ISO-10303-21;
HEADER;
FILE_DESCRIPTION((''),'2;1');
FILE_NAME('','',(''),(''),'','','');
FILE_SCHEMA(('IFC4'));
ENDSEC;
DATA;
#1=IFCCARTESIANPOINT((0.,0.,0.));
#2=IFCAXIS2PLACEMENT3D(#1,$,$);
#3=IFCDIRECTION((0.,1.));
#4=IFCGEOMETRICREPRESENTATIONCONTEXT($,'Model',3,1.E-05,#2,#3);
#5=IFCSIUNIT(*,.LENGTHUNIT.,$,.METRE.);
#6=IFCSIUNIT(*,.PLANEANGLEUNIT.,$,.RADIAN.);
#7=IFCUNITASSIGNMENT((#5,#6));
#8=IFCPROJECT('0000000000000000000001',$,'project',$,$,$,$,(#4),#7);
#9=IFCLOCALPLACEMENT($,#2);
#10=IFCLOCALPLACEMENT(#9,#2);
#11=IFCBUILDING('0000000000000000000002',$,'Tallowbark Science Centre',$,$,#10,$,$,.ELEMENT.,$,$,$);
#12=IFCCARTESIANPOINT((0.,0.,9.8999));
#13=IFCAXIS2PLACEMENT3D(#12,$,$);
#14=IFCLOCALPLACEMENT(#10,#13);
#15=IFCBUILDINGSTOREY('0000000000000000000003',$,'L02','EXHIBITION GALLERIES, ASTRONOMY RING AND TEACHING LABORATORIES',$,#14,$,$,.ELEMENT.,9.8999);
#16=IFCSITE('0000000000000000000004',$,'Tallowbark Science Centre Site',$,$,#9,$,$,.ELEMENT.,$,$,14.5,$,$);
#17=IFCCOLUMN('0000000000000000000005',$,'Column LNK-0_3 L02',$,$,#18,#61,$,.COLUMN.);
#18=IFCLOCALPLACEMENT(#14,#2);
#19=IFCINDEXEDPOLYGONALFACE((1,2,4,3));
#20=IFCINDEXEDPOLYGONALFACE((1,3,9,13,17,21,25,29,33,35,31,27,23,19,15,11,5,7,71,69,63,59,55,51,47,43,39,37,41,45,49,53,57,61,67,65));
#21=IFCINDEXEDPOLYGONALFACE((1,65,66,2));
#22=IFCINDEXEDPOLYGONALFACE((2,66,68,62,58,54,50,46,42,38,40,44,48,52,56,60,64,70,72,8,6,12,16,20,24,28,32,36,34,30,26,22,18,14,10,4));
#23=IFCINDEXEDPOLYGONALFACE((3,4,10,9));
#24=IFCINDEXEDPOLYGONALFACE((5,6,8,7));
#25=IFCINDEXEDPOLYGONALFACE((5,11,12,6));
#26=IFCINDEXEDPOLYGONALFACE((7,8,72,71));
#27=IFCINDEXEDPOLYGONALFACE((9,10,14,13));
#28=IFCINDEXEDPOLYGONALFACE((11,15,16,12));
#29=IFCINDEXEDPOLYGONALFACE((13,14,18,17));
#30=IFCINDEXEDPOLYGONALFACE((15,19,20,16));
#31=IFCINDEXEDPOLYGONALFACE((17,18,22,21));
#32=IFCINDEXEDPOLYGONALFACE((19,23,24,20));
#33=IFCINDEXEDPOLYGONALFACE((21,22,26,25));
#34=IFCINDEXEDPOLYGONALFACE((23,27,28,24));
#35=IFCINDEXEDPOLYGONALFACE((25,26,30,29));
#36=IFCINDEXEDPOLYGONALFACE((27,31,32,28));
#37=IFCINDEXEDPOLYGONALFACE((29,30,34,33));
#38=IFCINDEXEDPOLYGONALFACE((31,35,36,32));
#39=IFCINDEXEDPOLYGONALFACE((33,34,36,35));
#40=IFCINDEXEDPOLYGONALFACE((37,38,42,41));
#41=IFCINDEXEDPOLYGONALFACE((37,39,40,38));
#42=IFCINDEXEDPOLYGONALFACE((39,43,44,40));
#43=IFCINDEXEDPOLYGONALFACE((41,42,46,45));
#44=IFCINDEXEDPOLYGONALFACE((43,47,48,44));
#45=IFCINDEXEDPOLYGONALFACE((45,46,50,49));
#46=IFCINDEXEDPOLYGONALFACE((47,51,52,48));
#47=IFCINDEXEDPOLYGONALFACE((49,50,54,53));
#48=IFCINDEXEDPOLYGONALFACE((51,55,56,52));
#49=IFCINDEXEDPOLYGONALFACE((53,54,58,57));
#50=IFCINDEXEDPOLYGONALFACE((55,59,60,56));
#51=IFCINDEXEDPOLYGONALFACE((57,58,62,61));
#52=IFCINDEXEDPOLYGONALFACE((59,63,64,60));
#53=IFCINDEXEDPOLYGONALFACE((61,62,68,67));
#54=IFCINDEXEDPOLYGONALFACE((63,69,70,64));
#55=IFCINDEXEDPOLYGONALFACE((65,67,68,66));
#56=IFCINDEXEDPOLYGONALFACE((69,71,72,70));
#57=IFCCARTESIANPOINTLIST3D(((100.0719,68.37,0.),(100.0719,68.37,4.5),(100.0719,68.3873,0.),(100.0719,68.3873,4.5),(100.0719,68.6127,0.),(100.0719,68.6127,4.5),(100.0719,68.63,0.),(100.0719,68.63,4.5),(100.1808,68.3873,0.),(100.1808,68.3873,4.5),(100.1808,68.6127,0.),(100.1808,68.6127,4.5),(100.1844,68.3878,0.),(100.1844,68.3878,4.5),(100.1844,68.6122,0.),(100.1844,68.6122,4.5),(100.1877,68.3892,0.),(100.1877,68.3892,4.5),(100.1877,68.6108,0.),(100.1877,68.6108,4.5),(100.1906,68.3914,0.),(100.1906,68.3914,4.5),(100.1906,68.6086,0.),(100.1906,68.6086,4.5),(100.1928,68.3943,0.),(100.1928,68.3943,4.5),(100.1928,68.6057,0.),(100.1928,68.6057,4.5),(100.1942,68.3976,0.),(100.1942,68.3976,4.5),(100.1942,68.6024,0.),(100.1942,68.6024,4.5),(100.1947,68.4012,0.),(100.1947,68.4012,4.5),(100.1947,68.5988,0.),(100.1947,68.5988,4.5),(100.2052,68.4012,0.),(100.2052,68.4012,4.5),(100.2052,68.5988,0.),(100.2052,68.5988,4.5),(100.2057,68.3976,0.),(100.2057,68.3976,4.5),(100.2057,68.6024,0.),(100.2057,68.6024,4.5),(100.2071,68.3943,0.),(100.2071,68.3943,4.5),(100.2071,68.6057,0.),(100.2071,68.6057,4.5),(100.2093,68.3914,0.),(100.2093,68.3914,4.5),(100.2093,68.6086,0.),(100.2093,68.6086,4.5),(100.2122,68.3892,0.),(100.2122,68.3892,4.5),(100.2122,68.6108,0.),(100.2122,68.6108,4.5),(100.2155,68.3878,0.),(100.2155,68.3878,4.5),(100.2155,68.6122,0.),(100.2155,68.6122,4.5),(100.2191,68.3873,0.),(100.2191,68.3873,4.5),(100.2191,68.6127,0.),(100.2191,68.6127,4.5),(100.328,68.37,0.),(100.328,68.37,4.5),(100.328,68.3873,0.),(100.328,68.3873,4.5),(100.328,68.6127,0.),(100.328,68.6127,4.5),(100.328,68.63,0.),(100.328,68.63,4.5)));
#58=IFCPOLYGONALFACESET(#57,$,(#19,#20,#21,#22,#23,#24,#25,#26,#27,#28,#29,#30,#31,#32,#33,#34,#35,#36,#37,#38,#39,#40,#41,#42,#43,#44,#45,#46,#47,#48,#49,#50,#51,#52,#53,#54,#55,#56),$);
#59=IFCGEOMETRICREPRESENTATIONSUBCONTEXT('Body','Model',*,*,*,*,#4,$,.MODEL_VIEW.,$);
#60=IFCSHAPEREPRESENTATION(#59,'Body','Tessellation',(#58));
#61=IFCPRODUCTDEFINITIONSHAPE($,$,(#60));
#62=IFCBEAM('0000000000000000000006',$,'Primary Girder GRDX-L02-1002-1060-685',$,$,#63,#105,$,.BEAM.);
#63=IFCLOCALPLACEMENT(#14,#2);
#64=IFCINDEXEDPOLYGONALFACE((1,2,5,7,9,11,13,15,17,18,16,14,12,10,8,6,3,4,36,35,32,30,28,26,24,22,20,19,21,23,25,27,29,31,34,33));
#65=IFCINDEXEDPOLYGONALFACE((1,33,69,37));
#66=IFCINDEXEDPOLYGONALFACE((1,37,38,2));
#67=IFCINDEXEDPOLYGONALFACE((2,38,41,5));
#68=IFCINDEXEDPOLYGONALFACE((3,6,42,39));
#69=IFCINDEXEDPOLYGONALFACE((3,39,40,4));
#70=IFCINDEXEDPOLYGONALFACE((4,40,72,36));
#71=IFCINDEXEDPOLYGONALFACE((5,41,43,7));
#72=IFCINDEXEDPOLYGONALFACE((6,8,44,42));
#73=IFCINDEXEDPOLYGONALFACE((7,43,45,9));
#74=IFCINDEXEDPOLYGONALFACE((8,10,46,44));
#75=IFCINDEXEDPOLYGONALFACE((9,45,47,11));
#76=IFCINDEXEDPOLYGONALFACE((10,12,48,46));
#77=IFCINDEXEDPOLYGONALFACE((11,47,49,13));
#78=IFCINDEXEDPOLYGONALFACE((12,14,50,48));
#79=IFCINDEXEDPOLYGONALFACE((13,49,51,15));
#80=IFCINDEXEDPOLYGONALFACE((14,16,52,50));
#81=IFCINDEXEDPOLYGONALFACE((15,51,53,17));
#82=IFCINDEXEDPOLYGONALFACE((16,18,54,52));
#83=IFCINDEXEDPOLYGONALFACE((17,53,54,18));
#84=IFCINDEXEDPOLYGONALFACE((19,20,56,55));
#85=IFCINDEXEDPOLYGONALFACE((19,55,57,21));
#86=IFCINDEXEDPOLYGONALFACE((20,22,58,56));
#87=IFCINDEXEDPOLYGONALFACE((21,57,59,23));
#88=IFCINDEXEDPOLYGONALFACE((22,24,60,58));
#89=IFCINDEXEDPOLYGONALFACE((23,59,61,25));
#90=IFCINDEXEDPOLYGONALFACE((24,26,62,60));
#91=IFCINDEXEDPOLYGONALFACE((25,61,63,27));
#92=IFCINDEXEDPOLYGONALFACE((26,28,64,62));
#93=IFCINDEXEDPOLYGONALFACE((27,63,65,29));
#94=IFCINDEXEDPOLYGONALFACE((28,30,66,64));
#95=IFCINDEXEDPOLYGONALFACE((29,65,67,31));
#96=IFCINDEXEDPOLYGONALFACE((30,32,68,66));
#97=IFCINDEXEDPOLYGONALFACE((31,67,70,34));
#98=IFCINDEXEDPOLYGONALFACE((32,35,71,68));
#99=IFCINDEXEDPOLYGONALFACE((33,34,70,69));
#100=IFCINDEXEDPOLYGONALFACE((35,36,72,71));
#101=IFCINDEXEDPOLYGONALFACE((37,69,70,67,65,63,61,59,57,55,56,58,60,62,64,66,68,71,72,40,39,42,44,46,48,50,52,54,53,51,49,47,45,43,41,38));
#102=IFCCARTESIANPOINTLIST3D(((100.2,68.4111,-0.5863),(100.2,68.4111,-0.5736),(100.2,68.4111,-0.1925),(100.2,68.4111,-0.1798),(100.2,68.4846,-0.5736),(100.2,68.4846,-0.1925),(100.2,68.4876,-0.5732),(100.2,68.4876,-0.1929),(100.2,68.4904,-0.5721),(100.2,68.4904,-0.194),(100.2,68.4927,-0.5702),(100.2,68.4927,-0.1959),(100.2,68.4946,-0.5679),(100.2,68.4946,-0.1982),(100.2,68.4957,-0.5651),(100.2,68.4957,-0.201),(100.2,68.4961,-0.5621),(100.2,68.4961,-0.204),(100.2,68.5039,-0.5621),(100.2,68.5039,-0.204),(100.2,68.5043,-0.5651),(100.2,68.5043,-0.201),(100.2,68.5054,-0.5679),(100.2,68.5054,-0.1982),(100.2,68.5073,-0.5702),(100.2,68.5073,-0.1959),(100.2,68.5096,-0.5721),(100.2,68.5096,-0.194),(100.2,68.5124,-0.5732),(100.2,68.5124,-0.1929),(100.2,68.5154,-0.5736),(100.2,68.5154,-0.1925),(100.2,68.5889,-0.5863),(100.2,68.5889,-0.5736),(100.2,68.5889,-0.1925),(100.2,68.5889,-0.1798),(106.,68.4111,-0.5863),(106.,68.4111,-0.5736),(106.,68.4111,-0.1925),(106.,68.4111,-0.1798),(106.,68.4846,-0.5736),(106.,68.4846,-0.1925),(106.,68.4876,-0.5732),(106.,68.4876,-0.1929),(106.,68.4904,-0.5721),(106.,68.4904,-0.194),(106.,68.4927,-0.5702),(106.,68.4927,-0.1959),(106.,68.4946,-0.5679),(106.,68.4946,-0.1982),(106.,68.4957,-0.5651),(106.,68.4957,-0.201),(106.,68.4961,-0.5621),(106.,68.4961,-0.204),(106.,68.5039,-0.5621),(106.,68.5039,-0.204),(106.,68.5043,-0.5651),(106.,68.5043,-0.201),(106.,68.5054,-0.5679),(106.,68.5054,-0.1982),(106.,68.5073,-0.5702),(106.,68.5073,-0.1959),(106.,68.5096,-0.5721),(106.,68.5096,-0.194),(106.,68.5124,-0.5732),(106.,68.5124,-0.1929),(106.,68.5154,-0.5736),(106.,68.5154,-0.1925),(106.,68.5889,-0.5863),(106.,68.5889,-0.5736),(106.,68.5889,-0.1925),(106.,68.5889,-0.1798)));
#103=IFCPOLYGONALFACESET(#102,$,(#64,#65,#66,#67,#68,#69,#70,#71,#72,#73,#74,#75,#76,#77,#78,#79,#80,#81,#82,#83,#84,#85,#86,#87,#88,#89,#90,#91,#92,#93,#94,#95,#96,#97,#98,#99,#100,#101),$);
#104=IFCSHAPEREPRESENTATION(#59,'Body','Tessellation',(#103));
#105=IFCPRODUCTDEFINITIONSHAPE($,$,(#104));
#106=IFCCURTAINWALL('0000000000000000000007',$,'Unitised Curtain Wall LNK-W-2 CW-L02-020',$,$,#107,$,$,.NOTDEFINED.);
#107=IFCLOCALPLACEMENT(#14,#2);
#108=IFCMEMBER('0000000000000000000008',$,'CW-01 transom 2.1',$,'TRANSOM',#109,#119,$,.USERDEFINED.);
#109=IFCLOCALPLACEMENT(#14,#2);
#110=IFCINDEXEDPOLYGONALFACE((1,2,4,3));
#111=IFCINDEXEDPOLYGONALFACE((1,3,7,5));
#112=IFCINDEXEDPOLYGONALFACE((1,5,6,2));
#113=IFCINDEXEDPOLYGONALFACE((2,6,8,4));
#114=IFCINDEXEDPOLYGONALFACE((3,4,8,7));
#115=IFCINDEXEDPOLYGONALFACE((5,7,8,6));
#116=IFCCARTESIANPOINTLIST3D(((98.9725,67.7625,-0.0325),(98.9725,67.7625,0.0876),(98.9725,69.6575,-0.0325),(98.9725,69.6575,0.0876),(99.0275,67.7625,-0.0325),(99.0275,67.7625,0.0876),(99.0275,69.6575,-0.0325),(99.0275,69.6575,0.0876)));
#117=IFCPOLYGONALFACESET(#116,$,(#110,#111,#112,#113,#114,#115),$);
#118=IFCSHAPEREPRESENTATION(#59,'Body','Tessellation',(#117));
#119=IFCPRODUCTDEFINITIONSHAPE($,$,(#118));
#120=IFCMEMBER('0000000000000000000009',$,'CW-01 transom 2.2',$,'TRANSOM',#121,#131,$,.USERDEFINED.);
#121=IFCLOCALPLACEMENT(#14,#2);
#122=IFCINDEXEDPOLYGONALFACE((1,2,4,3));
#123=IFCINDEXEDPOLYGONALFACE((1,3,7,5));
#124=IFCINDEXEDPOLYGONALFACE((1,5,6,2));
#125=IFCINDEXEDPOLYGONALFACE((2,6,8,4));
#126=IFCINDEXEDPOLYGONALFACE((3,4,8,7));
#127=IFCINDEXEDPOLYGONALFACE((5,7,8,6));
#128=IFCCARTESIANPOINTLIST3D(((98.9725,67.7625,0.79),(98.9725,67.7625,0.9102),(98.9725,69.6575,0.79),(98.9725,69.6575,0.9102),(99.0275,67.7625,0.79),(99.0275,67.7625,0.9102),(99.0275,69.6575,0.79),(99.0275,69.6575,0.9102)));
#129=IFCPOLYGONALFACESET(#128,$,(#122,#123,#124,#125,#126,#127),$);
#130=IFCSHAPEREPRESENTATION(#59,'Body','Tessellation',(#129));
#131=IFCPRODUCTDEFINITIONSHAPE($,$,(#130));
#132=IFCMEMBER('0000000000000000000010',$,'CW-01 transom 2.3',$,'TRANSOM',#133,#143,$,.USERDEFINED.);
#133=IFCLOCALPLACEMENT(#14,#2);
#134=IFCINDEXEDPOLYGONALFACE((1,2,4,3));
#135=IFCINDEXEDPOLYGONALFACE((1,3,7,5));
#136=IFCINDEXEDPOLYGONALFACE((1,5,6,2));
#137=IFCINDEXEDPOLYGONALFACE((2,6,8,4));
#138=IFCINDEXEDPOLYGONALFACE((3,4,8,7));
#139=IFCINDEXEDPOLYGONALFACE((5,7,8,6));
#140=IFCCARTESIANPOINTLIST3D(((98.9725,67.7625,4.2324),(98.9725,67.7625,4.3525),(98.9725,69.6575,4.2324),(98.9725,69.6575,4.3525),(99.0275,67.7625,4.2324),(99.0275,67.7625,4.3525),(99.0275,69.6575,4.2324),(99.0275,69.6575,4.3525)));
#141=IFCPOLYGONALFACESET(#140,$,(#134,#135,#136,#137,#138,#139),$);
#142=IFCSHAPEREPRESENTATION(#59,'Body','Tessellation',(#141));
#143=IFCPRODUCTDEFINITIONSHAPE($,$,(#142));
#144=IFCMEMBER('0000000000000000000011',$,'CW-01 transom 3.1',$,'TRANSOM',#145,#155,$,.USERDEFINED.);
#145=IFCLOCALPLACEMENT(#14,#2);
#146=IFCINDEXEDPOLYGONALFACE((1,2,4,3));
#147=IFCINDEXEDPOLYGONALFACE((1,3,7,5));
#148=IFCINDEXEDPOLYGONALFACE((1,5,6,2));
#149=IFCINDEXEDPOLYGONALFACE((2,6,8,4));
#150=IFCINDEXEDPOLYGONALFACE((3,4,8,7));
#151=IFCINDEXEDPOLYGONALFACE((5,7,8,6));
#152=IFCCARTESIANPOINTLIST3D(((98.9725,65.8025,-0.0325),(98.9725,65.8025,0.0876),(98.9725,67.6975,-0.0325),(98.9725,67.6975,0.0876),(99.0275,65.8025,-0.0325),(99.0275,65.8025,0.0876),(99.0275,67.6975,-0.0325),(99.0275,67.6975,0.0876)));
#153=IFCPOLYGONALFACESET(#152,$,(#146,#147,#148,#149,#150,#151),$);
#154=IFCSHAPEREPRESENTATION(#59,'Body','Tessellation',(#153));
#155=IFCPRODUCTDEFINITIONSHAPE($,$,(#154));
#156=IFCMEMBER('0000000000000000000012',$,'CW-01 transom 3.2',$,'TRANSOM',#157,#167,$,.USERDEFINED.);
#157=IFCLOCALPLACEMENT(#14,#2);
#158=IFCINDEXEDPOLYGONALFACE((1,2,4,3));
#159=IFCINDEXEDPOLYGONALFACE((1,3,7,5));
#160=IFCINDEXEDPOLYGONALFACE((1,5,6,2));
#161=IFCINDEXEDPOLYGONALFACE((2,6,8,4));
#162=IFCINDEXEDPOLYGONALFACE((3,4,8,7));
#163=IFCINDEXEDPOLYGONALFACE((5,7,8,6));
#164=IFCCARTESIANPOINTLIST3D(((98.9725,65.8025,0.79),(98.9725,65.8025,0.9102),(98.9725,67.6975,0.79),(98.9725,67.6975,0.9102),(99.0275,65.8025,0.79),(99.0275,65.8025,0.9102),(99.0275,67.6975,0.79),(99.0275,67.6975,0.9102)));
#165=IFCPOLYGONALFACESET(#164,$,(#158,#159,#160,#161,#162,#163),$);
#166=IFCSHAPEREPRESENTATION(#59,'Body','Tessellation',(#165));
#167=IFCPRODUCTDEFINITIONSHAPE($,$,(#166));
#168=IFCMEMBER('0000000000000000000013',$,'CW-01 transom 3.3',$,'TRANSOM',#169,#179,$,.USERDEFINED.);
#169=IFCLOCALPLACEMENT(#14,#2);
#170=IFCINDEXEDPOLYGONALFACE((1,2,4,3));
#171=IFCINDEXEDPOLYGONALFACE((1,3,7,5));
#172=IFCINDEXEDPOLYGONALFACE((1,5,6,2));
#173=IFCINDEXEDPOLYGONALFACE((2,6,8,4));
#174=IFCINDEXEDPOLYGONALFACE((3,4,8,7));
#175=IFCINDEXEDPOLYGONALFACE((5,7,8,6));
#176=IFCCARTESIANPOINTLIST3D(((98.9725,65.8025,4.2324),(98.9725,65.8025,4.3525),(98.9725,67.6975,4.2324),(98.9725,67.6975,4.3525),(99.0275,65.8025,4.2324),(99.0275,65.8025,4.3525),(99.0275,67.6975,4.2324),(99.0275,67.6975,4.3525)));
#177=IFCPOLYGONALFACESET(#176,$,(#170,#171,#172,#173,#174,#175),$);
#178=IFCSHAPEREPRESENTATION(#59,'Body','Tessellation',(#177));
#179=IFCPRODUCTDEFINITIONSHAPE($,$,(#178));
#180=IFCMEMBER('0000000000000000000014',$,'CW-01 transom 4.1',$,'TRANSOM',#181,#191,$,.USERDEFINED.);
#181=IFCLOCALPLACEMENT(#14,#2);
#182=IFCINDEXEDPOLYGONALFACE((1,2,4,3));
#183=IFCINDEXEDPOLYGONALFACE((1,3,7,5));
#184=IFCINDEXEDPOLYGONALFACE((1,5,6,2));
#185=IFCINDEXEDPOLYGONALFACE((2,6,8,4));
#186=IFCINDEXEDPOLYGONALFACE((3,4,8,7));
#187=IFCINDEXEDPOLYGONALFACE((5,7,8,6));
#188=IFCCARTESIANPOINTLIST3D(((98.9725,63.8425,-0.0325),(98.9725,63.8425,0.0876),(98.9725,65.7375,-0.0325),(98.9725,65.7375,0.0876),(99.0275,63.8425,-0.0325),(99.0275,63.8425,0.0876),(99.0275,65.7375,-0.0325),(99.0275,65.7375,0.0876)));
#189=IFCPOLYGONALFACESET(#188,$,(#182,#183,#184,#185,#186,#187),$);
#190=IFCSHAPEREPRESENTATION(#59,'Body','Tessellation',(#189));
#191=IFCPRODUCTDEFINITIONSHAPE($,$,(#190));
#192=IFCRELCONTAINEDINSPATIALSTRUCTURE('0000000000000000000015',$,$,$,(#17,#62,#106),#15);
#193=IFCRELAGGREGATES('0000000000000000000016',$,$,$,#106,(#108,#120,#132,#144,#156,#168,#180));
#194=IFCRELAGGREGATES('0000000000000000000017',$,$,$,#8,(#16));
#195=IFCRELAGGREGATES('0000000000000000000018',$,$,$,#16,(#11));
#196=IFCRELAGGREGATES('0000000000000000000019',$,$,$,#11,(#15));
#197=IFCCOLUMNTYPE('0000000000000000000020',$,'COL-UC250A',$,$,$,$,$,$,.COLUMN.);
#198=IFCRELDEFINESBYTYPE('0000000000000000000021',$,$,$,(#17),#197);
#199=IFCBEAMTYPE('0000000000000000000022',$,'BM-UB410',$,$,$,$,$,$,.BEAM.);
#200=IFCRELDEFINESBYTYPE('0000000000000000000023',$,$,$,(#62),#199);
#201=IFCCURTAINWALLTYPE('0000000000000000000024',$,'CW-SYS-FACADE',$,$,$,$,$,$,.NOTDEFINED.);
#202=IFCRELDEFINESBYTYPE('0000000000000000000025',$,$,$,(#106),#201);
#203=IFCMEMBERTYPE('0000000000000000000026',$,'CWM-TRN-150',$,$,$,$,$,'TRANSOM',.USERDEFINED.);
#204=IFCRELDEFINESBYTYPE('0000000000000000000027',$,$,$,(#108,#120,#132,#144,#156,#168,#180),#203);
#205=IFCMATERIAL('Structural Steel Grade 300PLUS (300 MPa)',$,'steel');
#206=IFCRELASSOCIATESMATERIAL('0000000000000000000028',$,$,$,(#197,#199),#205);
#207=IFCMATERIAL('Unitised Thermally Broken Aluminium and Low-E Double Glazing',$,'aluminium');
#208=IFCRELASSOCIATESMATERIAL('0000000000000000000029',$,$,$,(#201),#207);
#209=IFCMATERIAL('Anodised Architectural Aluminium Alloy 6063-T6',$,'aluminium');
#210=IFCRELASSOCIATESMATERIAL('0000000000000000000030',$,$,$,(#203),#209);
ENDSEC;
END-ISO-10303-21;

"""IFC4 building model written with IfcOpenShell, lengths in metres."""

from ifc_helpers import new_model, si_unit, direction, frame, origin, origin_2d, place, context, subcontext, project, spatial, rectangle, i_section, extrude, material, material_profile, profile_set, type_object, element, aggregate, save


model = new_model("IFC4")

# Units and contexts
model_context = context("Model", 3, precision=1e-05, world=origin(), true_north=direction((0.0, 1.0)))
body_context = subcontext(model_context, "Body", "Model", "MODEL_VIEW")
ifc_project = project(units=[si_unit("LENGTHUNIT", "METRE"), si_unit("PLANEANGLEUNIT", "RADIAN")], contexts=[model_context])

# Site, building, storey
site_placement = place(None, origin())
site = spatial("IfcSite", under=ifc_project, at=site_placement, Name="Tallowbark Science Centre Site", CompositionType="ELEMENT", RefElevation=14.5)
building_placement = place(site_placement, origin())
building = spatial("IfcBuilding", under=site, at=building_placement, Name="Tallowbark Science Centre", CompositionType="ELEMENT")
storey_placement = place(building_placement, frame((0.0, 0.0, 9.8999)))
storey = spatial("IfcBuildingStorey", under=building, at=storey_placement, Name="L02", Description="EXHIBITION GALLERIES, ASTRONOMY RING AND TEACHING LABORATORIES", CompositionType="ELEMENT", Elevation=9.8999)

# Column
ifc_material_1 = material(Name="Structural Steel Grade 300PLUS (300 MPa)", Category="steel")
ifc_material_profile_1 = material_profile(ifc_material_1, i_section(OverallWidth=0.2561, OverallDepth=0.26, WebThickness=0.0105, FlangeThickness=0.0173, FilletRadius=0.0139, at=origin_2d()), Name="250UC89.5")
ifc_profile_set_1 = profile_set([ifc_material_profile_1], Name="Structural Steel Grade 300PLUS (300 MPa)")
column_type = type_object("IfcColumnType", Name="COL-UC250A", PredefinedType="COLUMN", material=ifc_profile_set_1)
column_placement = place(storey_placement, frame((100.2, 68.5, 0.0), z_axis=(0.0, 0.0, 1.0), x_axis=(1.0, 0.0, 0.0)))
element("IfcColumn", 1, at=column_placement, inside=storey, type_object=column_type, Name="Column LNK-0_3 L02", PredefinedType="COLUMN", context=body_context, shape_type="SweptSolid", body=[
    extrude(i_section(OverallWidth=0.2561, OverallDepth=0.26, WebThickness=0.0105, FlangeThickness=0.0173, FilletRadius=0.0139, at=origin_2d()), origin(), (0.0, 0.0, 1.0), 4.5),
])

# Beam
ifc_material_profile_2 = material_profile(ifc_material_1, i_section(OverallWidth=0.1777, OverallDepth=0.4065, WebThickness=0.0078, FlangeThickness=0.0127, FilletRadius=0.0115, at=origin_2d()), Name="410UB59.7")
ifc_profile_set_2 = profile_set([ifc_material_profile_2], Name="Structural Steel Grade 300PLUS (300 MPa)")
beam_type = type_object("IfcBeamType", Name="BM-UB410", PredefinedType="BEAM", material=ifc_profile_set_2)
beam_placement = place(storey_placement, frame((100.2, 68.5, -0.3831), z_axis=(1.0, 0.0, 0.0), x_axis=(0.0, 1.0, 0.0)))
element("IfcBeam", 2, at=beam_placement, inside=storey, type_object=beam_type, Name="Primary Girder GRDX-L02-1002-1060-685", PredefinedType="BEAM", context=body_context, shape_type="SweptSolid", body=[
    extrude(i_section(OverallWidth=0.1777, OverallDepth=0.4065, WebThickness=0.0078, FlangeThickness=0.0127, FilletRadius=0.0115, at=origin_2d()), origin(), (0.0, 0.0, 1.0), 5.8),
])

# Curtain wall, members
ifc_material_2 = material(Name="Unitised Thermally Broken Aluminium and Low-E Double Glazing", Category="aluminium")
curtain_wall_type = type_object("IfcCurtainWallType", Name="CW-SYS-FACADE", PredefinedType="NOTDEFINED", material=ifc_material_2)
curtain_wall_placement = place(storey_placement, origin())
curtain_wall = element("IfcCurtainWall", 3, at=curtain_wall_placement, inside=storey, type_object=curtain_wall_type, Name="Unitised Curtain Wall LNK-W-2 CW-L02-020", PredefinedType="NOTDEFINED")
ifc_material_3 = material(Name="Anodised Architectural Aluminium Alloy 6063-T6", Category="aluminium")
ifc_material_profile_3 = material_profile(ifc_material_3, rectangle(XDim=0.0549, YDim=0.1201, at=origin_2d()), Name="ALU55x120")
ifc_profile_set_3 = profile_set([ifc_material_profile_3], Name="Anodised Architectural Aluminium Alloy 6063-T6")
member_type = type_object("IfcMemberType", Name="CWM-TRN-150", ElementType="TRANSOM", PredefinedType="USERDEFINED", material=ifc_profile_set_3)
member_1_placement = place(storey_placement, frame((99.0, 69.6575, 0.0276), z_axis=(0.0, -1.0, 0.0), x_axis=(1.0, 0.0, 0.0)))
member_1 = element("IfcMember", 4, at=member_1_placement, type_object=member_type, Name="CW-01 transom 2.1", ObjectType="TRANSOM", PredefinedType="USERDEFINED", context=body_context, shape_type="SweptSolid", body=[
    extrude(rectangle(XDim=0.0549, YDim=0.1201, at=origin_2d()), origin(), (0.0, 0.0, 1.0), 1.895),
])
member_2_placement = place(storey_placement, frame((99.0, 69.6575, 0.8501), z_axis=(0.0, -1.0, 0.0), x_axis=(1.0, 0.0, 0.0)))
member_2 = element("IfcMember", 5, at=member_2_placement, type_object=member_type, Name="CW-01 transom 2.2", ObjectType="TRANSOM", PredefinedType="USERDEFINED", context=body_context, shape_type="SweptSolid", body=[
    extrude(rectangle(XDim=0.0549, YDim=0.1201, at=origin_2d()), origin(), (0.0, 0.0, 1.0), 1.895),
])
member_3_placement = place(storey_placement, frame((99.0, 69.6575, 4.2925), z_axis=(0.0, -1.0, 0.0), x_axis=(1.0, 0.0, 0.0)))
member_3 = element("IfcMember", 6, at=member_3_placement, type_object=member_type, Name="CW-01 transom 2.3", ObjectType="TRANSOM", PredefinedType="USERDEFINED", context=body_context, shape_type="SweptSolid", body=[
    extrude(rectangle(XDim=0.0549, YDim=0.1201, at=origin_2d()), origin(), (0.0, 0.0, 1.0), 1.895),
])
member_4_placement = place(storey_placement, frame((99.0, 67.6975, 0.0276), z_axis=(0.0, -1.0, 0.0), x_axis=(1.0, 0.0, 0.0)))
member_4 = element("IfcMember", 7, at=member_4_placement, type_object=member_type, Name="CW-01 transom 3.1", ObjectType="TRANSOM", PredefinedType="USERDEFINED", context=body_context, shape_type="SweptSolid", body=[
    extrude(rectangle(XDim=0.0549, YDim=0.1201, at=origin_2d()), origin(), (0.0, 0.0, 1.0), 1.895),
])
member_5_placement = place(storey_placement, frame((99.0, 67.6975, 0.8501), z_axis=(0.0, -1.0, 0.0), x_axis=(1.0, 0.0, 0.0)))
member_5 = element("IfcMember", 8, at=member_5_placement, type_object=member_type, Name="CW-01 transom 3.2", ObjectType="TRANSOM", PredefinedType="USERDEFINED", context=body_context, shape_type="SweptSolid", body=[
    extrude(rectangle(XDim=0.0549, YDim=0.1201, at=origin_2d()), origin(), (0.0, 0.0, 1.0), 1.895),
])
member_6_placement = place(storey_placement, frame((99.0, 67.6975, 4.2925), z_axis=(0.0, -1.0, 0.0), x_axis=(1.0, 0.0, 0.0)))
member_6 = element("IfcMember", 9, at=member_6_placement, type_object=member_type, Name="CW-01 transom 3.3", ObjectType="TRANSOM", PredefinedType="USERDEFINED", context=body_context, shape_type="SweptSolid", body=[
    extrude(rectangle(XDim=0.0549, YDim=0.1201, at=origin_2d()), origin(), (0.0, 0.0, 1.0), 1.895),
])
member_7_placement = place(storey_placement, frame((99.0, 65.7375, 0.0276), z_axis=(0.0, -1.0, 0.0), x_axis=(1.0, 0.0, 0.0)))
member_7 = element("IfcMember", 10, at=member_7_placement, type_object=member_type, Name="CW-01 transom 4.1", ObjectType="TRANSOM", PredefinedType="USERDEFINED", context=body_context, shape_type="SweptSolid", body=[
    extrude(rectangle(XDim=0.0549, YDim=0.1201, at=origin_2d()), origin(), (0.0, 0.0, 1.0), 1.895),
])
aggregate(curtain_wall, [member_1, member_2, member_3, member_4, member_5, member_6, member_7])

save(model, "model.ifc")
